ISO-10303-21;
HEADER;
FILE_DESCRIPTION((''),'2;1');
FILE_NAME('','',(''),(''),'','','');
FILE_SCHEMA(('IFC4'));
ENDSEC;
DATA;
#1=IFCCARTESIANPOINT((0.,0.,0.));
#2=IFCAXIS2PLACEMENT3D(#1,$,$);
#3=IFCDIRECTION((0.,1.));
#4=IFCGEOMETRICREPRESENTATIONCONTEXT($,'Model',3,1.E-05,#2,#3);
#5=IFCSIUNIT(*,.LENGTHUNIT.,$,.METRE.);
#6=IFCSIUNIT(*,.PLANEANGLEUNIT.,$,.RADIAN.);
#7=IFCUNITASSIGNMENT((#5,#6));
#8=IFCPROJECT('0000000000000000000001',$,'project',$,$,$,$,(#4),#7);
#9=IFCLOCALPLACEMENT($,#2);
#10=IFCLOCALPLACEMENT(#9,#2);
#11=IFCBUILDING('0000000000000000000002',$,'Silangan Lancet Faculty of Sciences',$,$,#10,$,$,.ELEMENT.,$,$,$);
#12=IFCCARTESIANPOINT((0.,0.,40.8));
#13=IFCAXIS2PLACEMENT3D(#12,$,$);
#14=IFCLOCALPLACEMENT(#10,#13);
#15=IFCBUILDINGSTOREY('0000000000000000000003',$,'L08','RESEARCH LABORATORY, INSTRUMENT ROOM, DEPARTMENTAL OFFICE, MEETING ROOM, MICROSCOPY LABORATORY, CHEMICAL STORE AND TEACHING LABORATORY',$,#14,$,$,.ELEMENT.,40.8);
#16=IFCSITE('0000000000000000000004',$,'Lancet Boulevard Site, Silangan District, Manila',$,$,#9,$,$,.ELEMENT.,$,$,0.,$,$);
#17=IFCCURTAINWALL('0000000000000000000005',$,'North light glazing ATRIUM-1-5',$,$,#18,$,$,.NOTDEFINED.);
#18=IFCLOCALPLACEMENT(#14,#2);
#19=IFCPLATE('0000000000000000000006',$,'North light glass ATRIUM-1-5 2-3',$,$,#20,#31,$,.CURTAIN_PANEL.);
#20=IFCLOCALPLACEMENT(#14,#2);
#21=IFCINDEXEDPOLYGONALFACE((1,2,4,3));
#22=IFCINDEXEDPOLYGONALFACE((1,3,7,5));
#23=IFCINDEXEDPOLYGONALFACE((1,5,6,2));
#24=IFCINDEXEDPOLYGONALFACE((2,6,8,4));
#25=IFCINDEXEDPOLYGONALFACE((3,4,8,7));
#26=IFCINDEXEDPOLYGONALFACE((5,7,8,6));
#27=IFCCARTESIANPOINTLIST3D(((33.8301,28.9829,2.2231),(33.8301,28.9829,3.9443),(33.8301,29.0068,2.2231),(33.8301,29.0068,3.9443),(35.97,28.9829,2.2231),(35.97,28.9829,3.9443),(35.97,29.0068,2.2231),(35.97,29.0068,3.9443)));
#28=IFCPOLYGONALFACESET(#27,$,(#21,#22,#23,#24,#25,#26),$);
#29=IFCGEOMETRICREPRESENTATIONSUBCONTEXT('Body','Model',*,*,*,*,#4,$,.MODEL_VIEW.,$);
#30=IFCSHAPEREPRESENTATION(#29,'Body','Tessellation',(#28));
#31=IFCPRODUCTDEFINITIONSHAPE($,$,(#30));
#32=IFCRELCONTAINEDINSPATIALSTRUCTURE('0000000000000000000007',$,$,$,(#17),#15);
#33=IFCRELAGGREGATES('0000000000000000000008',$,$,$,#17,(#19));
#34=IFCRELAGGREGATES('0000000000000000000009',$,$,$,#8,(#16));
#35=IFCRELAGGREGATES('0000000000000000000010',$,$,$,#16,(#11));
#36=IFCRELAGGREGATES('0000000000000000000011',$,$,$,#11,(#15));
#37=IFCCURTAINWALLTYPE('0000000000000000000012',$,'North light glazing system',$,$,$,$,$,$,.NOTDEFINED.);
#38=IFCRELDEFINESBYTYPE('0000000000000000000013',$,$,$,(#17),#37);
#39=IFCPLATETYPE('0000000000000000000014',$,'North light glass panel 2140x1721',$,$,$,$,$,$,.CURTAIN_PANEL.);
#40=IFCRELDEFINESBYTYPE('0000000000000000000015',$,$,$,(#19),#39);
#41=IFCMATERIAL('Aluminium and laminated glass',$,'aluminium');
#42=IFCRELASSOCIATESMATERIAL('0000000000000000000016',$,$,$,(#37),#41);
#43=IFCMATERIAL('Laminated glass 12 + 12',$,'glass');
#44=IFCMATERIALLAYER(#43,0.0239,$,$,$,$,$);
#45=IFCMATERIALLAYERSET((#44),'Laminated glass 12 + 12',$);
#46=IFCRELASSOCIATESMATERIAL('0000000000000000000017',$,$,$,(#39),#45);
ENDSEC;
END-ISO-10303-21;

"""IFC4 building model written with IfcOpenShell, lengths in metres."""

from ifc_helpers import new_model, si_unit, direction, frame, origin, place, context, subcontext, project, spatial, polyline, outline, extrude, material, layer, layer_set, type_object, element, aggregate, save


model = new_model("IFC4")

# Units and contexts
model_context = context("Model", 3, precision=1e-05, world=origin(), true_north=direction((0.0, 1.0)))
body_context = subcontext(model_context, "Body", "Model", "MODEL_VIEW")
ifc_project = project(units=[si_unit("LENGTHUNIT", "METRE"), si_unit("PLANEANGLEUNIT", "RADIAN")], contexts=[model_context])

# Site, building, storey
site_placement = place(None, origin())
site = spatial("IfcSite", under=ifc_project, at=site_placement, Name="Lancet Boulevard Site, Silangan District, Manila", CompositionType="ELEMENT", RefElevation=0.0)
building_placement = place(site_placement, origin())
building = spatial("IfcBuilding", under=site, at=building_placement, Name="Silangan Lancet Faculty of Sciences", CompositionType="ELEMENT")
storey_placement = place(building_placement, frame((0.0, 0.0, 40.8)))
storey = spatial("IfcBuildingStorey", under=building, at=storey_placement, Name="L08", Description="RESEARCH LABORATORY, INSTRUMENT ROOM, DEPARTMENTAL OFFICE, MEETING ROOM, MICROSCOPY LABORATORY, CHEMICAL STORE AND TEACHING LABORATORY", CompositionType="ELEMENT", Elevation=40.8)

# Curtain wall, plate
ifc_material_1 = material(Name="Aluminium and laminated glass", Category="aluminium")
curtain_wall_type = type_object("IfcCurtainWallType", Name="North light glazing system", PredefinedType="NOTDEFINED", material=ifc_material_1)
curtain_wall_placement = place(storey_placement, origin())
curtain_wall = element("IfcCurtainWall", 1, at=curtain_wall_placement, inside=storey, type_object=curtain_wall_type, Name="North light glazing ATRIUM-1-5", PredefinedType="NOTDEFINED")
ifc_material_2 = material(Name="Laminated glass 12 + 12", Category="glass")
ifc_layer = layer(ifc_material_2, 0.0239)
ifc_layer_set = layer_set([ifc_layer], Name="Laminated glass 12 + 12")
plate_type = type_object("IfcPlateType", Name="North light glass panel 2140x1721", PredefinedType="CURTAIN_PANEL", material=ifc_layer_set)
plate_1_placement = place(storey_placement, frame((33.8301, 28.9829, 2.2231), z_axis=(0.0, -1.0, 0.0), x_axis=(1.0, 0.0, 0.0)))
plate_1 = element("IfcPlate", 2, at=plate_1_placement, type_object=plate_type, Name="North light glass ATRIUM-1-5 2-3", PredefinedType="CURTAIN_PANEL", context=body_context, shape_type="SweptSolid", body=[
    extrude(outline(polyline([(0.0, 0.0), (2.1399, 0.0), (2.1399, 1.7212), (0.0, 1.7212), (0.0, 0.0)])), origin(), (0.0, 0.0, -1.0), 0.0239),
])
aggregate(curtain_wall, [plate_1])

save(model, "model.ifc")
